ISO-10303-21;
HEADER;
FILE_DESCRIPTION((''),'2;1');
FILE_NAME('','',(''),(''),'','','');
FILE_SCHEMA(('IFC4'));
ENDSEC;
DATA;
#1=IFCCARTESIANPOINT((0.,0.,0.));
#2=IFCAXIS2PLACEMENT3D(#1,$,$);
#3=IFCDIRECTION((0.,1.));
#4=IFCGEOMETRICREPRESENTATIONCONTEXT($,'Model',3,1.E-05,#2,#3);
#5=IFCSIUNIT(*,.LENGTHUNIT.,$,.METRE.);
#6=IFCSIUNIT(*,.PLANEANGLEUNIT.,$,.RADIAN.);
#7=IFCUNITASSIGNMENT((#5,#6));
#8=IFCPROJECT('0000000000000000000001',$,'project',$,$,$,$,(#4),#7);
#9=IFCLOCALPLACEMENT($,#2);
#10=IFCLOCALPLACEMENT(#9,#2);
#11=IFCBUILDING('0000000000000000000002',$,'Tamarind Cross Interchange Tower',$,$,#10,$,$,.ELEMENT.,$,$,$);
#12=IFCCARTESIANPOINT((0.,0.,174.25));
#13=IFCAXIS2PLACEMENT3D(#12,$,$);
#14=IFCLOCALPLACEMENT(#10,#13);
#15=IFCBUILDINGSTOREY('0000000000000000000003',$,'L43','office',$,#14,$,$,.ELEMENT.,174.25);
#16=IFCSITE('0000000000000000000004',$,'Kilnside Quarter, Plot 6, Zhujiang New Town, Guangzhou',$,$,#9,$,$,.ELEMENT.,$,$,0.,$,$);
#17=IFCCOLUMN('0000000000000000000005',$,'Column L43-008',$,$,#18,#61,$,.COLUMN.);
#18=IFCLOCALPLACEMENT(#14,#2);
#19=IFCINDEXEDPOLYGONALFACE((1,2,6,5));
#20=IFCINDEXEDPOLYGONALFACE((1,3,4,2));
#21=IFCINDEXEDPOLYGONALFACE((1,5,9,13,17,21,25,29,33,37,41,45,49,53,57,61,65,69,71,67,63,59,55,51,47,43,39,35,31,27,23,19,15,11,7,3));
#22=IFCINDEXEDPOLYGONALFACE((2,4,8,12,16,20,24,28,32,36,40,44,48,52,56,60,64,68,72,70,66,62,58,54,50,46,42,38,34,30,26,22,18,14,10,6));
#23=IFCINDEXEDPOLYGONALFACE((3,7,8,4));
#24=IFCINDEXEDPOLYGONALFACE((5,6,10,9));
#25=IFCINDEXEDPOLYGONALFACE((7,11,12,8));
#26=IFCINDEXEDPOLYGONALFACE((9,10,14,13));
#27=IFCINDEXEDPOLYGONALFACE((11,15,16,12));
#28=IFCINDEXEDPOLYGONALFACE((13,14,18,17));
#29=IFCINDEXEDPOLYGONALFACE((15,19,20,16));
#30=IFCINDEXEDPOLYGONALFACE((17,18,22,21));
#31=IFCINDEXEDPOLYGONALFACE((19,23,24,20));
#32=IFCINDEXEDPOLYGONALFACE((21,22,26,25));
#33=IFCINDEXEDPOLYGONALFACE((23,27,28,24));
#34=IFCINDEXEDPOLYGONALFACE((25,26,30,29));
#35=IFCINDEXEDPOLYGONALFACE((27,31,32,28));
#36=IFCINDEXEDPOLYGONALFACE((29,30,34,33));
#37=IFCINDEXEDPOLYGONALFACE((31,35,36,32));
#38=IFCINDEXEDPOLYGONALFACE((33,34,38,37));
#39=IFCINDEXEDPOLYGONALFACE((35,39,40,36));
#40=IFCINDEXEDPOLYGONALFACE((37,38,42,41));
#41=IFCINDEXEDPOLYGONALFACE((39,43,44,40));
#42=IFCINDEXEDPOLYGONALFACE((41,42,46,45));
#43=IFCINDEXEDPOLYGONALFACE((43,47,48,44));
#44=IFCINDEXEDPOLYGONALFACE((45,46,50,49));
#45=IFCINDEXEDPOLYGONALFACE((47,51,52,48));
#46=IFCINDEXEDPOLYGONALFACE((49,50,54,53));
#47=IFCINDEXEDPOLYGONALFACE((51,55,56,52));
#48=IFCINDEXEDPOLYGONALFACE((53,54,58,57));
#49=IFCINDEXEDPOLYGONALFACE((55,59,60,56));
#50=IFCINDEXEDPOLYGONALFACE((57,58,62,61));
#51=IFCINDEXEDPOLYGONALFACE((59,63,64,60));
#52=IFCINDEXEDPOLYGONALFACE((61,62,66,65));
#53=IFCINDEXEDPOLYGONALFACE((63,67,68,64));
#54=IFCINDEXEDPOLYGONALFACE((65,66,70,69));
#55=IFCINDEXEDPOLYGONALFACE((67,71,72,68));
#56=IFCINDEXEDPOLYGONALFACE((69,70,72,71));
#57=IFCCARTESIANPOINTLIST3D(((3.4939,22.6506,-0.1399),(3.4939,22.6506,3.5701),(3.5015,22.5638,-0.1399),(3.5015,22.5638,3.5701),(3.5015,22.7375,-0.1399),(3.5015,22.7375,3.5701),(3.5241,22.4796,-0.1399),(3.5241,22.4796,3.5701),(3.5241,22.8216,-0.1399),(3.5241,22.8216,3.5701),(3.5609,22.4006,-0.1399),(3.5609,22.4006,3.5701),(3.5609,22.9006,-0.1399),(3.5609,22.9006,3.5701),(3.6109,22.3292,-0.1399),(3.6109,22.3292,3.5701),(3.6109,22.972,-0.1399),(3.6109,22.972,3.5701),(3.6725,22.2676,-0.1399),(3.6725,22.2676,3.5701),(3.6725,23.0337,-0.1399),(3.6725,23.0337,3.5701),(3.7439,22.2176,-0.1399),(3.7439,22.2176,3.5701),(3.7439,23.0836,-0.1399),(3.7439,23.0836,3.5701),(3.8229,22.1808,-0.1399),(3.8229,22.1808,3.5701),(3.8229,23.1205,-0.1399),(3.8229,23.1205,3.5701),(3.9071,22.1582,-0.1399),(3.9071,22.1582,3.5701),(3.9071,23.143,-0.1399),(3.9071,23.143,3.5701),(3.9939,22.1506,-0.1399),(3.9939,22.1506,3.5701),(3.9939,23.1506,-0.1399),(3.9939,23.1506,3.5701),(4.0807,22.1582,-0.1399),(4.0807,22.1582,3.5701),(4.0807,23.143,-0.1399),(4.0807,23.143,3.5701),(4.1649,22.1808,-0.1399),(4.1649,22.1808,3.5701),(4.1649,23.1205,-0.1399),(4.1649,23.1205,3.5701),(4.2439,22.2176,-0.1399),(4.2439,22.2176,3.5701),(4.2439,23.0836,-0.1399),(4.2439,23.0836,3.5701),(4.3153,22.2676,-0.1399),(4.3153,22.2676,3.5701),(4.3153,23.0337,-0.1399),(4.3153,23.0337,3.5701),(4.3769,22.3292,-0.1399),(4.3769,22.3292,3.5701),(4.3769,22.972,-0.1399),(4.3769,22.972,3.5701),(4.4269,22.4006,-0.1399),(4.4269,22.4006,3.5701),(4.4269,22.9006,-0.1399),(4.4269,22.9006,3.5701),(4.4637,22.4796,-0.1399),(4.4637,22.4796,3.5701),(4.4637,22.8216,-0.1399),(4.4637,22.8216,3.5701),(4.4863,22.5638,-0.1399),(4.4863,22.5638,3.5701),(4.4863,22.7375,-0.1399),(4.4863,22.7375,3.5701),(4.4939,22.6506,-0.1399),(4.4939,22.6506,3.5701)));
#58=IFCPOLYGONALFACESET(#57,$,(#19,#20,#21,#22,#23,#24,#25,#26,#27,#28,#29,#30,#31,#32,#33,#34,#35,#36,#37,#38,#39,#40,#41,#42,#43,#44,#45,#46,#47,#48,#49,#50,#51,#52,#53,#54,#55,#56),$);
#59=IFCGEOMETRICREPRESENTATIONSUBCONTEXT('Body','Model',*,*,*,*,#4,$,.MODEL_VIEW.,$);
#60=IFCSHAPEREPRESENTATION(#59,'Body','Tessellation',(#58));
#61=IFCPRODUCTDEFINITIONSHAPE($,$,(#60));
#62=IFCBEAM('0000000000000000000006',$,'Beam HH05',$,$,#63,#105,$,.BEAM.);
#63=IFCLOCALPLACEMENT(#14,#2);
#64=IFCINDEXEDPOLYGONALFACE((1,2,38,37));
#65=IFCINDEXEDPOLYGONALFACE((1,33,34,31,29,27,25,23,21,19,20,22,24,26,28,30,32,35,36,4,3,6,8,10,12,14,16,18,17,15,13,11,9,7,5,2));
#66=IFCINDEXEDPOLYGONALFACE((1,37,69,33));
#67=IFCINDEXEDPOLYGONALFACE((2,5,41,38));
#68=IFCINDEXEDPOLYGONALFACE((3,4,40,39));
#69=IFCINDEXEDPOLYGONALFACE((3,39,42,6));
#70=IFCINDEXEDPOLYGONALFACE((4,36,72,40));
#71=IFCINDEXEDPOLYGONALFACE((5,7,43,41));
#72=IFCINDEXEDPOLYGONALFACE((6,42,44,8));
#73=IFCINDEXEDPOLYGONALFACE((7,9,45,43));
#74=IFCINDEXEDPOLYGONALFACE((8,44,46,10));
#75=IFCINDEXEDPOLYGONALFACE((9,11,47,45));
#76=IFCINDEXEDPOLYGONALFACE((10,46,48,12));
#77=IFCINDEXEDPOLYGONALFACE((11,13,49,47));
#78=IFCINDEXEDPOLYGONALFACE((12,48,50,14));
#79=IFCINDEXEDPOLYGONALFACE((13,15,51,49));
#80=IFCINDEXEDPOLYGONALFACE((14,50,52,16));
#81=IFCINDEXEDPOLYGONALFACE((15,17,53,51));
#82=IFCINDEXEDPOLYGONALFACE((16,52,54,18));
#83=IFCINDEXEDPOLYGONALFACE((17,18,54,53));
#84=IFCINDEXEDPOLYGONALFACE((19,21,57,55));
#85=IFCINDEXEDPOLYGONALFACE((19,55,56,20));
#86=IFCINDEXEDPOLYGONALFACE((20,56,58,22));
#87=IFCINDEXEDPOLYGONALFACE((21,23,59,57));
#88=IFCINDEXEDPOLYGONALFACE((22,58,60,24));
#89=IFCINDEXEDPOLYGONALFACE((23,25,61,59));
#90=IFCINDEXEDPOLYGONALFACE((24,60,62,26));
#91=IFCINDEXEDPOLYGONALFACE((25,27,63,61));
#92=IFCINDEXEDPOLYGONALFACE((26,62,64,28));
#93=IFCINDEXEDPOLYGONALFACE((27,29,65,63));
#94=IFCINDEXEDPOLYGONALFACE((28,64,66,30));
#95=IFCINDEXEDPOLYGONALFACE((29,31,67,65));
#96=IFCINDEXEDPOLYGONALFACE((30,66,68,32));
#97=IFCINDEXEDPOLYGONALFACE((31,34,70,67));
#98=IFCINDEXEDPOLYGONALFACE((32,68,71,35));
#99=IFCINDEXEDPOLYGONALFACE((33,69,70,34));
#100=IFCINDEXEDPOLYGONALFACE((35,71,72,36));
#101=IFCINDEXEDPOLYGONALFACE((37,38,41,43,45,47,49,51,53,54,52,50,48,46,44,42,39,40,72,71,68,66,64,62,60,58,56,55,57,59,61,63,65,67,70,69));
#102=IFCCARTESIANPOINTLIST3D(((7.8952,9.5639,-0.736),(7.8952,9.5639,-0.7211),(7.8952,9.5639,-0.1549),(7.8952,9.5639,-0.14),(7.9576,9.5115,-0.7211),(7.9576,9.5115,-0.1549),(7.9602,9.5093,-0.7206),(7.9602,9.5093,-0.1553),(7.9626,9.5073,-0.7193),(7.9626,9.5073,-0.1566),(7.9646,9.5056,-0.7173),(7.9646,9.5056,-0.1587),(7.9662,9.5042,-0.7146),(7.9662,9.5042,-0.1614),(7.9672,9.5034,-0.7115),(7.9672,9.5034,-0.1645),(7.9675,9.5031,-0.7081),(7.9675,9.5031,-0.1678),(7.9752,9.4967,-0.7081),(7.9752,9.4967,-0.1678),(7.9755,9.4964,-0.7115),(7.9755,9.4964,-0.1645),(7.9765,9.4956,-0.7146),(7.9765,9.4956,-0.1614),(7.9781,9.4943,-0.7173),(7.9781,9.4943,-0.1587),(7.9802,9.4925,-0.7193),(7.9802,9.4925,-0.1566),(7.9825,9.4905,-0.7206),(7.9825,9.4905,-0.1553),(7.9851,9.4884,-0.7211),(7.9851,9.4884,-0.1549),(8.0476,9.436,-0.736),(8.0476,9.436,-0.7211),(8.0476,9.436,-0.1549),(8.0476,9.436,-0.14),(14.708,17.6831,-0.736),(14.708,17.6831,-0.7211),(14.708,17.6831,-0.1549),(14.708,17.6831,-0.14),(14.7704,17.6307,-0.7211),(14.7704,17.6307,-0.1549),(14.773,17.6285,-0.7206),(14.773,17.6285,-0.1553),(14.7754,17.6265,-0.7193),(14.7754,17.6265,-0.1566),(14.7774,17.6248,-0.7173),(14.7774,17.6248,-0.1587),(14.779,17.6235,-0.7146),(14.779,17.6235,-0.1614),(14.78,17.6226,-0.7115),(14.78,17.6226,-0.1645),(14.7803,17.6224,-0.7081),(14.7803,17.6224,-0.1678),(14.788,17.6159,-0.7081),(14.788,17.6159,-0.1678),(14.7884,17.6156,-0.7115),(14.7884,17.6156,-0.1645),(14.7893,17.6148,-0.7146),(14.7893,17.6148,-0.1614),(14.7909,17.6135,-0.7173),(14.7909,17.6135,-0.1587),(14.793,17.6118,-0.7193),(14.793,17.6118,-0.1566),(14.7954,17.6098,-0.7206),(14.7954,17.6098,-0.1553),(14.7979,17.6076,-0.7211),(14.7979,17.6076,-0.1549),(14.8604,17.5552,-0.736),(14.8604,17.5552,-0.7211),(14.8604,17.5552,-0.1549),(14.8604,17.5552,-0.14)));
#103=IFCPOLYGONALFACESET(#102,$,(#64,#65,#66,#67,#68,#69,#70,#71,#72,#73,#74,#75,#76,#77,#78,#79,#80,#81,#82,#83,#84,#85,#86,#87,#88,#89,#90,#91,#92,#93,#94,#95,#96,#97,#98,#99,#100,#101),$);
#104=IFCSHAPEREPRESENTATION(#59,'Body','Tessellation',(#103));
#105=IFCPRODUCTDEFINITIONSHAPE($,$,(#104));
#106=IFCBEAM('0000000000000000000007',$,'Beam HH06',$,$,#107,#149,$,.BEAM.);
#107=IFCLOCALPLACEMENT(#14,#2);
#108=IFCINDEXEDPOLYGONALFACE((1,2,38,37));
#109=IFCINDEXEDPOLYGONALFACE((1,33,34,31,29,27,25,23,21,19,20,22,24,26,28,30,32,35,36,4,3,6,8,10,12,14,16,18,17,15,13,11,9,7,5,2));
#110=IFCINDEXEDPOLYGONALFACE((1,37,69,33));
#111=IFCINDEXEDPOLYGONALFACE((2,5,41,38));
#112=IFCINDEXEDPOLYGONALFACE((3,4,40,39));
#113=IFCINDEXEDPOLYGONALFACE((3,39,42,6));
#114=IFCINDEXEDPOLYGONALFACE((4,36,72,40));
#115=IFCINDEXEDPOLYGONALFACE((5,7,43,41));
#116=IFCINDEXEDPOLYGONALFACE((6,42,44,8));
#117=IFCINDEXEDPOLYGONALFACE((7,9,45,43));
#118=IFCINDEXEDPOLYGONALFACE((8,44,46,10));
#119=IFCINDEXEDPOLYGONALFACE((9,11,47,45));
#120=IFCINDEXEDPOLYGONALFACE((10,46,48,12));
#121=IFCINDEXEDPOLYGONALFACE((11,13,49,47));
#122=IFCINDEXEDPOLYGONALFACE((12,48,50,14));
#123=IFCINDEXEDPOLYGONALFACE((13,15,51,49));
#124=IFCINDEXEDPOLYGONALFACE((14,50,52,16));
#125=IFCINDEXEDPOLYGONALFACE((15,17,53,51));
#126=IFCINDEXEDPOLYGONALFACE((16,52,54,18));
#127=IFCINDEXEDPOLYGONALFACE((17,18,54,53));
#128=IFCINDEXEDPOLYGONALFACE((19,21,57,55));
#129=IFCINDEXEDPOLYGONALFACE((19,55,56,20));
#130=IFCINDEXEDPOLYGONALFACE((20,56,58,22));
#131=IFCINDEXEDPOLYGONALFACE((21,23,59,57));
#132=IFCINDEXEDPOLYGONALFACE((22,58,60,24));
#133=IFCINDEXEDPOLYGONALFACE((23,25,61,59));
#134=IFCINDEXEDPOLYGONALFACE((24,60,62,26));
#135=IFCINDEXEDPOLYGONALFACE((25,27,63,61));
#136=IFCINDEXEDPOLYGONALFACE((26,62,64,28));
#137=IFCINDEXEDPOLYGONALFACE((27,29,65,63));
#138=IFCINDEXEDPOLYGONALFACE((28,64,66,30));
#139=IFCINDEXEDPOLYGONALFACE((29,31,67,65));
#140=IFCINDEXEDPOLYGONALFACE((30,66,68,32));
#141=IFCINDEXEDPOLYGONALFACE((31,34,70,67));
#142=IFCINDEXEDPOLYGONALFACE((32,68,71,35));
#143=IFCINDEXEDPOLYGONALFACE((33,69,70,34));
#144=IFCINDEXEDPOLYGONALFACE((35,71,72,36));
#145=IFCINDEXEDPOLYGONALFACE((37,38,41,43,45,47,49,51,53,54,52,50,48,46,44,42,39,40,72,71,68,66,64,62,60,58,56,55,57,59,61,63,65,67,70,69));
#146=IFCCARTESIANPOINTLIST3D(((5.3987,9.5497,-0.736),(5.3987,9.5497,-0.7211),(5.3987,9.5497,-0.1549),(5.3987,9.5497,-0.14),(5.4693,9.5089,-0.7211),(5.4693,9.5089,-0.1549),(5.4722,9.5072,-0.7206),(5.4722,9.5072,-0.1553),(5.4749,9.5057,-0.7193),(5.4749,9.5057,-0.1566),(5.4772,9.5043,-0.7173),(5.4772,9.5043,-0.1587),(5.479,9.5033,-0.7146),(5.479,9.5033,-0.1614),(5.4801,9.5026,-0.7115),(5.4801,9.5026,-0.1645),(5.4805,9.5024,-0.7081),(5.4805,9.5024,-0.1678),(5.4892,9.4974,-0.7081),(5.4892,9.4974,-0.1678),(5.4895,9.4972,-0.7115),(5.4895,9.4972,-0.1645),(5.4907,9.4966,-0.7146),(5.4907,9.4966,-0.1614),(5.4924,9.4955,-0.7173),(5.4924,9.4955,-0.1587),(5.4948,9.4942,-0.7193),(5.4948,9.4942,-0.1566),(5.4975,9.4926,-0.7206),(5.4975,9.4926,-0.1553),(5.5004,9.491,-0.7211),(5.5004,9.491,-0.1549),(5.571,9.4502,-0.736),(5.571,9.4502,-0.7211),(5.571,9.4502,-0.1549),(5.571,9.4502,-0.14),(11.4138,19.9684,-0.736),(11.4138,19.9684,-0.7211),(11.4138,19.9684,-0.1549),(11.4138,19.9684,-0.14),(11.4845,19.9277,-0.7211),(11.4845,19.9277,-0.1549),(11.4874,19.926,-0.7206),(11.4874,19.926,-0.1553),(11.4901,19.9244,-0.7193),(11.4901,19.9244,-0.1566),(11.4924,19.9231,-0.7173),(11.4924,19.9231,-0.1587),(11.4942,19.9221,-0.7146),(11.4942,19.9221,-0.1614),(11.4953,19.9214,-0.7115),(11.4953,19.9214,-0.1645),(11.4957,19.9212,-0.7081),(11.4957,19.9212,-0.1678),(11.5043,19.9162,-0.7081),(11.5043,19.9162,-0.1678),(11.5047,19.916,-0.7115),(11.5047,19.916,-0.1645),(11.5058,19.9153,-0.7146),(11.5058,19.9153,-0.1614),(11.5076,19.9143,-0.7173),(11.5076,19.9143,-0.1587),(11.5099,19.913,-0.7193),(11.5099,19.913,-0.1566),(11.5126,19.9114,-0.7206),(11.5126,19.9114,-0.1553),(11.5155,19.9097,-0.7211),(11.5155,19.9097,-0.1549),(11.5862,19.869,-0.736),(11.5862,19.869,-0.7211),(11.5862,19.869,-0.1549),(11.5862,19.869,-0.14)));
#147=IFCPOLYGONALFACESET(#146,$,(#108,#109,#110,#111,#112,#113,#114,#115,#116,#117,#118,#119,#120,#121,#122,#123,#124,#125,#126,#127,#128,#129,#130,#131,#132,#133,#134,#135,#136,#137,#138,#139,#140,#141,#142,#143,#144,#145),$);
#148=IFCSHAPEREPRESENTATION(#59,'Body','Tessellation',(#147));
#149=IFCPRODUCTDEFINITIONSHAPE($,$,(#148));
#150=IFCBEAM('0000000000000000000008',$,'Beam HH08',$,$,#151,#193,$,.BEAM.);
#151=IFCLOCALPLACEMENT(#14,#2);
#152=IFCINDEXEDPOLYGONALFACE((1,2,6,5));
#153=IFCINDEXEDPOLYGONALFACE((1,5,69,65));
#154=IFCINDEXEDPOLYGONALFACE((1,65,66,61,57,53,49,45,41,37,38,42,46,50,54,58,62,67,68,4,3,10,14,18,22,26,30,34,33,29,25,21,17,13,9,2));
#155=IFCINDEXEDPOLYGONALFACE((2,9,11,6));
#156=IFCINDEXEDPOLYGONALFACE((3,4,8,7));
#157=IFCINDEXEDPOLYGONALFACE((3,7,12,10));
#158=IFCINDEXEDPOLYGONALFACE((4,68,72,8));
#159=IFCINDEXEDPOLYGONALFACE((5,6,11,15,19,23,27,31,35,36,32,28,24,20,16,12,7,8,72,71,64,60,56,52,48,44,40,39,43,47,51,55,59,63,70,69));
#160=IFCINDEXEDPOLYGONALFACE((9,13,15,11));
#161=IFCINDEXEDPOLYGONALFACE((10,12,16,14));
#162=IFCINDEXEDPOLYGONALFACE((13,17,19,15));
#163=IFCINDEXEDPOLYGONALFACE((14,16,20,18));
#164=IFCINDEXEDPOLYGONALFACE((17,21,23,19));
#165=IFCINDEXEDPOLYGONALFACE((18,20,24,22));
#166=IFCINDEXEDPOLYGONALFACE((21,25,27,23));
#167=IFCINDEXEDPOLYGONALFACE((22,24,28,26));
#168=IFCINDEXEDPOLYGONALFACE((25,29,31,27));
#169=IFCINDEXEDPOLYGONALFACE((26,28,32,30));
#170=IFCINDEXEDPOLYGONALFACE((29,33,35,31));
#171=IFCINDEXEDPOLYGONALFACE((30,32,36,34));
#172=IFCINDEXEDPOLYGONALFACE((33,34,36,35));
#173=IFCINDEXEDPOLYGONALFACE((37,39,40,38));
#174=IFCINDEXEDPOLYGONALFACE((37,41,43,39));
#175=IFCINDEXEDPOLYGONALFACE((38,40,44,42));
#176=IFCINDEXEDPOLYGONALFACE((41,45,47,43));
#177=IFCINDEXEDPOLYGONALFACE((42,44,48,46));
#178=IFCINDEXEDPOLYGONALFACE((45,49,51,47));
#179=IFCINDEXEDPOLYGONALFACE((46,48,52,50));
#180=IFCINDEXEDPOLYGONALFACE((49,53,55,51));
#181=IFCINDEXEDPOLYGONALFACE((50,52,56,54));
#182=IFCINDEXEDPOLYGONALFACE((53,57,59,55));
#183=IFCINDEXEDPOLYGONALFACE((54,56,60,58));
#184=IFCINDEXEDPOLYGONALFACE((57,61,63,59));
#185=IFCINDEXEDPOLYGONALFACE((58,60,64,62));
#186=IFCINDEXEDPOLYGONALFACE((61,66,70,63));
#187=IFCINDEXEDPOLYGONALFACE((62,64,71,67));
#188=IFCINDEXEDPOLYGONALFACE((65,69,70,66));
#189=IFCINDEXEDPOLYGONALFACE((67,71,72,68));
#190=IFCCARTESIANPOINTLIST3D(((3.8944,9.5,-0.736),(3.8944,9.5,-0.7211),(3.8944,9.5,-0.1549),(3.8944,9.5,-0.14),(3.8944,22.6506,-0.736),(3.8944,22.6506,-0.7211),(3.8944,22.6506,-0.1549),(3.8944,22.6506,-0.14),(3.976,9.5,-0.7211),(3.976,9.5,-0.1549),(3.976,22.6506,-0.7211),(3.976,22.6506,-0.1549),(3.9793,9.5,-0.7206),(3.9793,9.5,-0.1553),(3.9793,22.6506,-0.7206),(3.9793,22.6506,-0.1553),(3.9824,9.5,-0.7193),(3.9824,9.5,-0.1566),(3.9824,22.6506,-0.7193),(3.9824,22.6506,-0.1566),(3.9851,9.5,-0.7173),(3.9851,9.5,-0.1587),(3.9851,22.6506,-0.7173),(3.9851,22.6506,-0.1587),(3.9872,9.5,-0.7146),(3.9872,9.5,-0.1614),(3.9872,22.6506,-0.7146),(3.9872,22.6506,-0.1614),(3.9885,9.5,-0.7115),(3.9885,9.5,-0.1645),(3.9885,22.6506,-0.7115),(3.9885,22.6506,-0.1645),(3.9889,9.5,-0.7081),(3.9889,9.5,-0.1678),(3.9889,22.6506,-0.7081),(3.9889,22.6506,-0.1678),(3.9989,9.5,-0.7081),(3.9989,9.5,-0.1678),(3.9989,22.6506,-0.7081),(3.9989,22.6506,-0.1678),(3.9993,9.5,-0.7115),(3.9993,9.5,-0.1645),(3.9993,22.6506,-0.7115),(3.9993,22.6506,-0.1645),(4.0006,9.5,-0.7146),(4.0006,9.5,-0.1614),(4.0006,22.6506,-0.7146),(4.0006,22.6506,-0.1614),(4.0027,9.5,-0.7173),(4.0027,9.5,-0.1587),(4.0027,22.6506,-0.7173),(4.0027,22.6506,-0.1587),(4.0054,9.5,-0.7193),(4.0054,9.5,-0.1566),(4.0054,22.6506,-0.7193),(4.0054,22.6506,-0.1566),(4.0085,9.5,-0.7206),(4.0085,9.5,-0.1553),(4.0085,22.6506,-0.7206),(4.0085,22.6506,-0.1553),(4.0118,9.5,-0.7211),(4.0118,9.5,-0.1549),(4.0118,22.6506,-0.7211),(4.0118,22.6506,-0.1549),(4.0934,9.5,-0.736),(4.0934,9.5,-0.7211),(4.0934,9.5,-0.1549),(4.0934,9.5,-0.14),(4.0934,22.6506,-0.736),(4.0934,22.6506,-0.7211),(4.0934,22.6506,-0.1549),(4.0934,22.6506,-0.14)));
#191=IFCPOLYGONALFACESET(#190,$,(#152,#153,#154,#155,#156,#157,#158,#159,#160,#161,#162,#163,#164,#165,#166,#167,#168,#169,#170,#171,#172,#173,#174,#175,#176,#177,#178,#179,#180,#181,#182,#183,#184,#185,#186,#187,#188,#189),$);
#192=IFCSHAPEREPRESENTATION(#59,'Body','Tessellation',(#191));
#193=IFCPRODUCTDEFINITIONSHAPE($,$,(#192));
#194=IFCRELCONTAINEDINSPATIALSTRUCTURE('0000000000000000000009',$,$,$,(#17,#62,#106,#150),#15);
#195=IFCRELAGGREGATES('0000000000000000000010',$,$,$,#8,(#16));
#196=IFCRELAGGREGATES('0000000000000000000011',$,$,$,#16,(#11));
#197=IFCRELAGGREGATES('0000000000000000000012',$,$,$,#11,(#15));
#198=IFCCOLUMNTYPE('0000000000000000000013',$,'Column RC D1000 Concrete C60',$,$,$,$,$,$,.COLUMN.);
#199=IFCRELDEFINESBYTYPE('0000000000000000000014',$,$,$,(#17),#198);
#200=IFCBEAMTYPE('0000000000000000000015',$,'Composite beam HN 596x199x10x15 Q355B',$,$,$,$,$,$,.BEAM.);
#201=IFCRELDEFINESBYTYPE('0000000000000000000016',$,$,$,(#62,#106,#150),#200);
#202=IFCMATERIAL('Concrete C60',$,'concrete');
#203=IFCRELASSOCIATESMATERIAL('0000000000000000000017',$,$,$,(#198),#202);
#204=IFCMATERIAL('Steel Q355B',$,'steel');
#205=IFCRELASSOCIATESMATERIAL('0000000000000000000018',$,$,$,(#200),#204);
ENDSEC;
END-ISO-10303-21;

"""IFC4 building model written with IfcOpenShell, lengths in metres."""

from ifc_helpers import new_model, si_unit, direction, frame, origin, origin_2d, place, context, subcontext, project, spatial, circle, i_section, extrude, material, material_profile, profile_set, type_object, element, save


model = new_model("IFC4")

# Units and contexts
model_context = context("Model", 3, precision=1e-05, world=origin(), true_north=direction((0.0, 1.0)))
body_context = subcontext(model_context, "Body", "Model", "MODEL_VIEW")
ifc_project = project(units=[si_unit("LENGTHUNIT", "METRE"), si_unit("PLANEANGLEUNIT", "RADIAN")], contexts=[model_context])

# Site, building, storey
site_placement = place(None, origin())
site = spatial("IfcSite", under=ifc_project, at=site_placement, Name="Kilnside Quarter, Plot 6, Zhujiang New Town, Guangzhou", CompositionType="ELEMENT", RefElevation=0.0)
building_placement = place(site_placement, origin())
building = spatial("IfcBuilding", under=site, at=building_placement, Name="Tamarind Cross Interchange Tower", CompositionType="ELEMENT")
storey_placement = place(building_placement, frame((0.0, 0.0, 174.25)))
storey = spatial("IfcBuildingStorey", under=building, at=storey_placement, Name="L43", Description="office", CompositionType="ELEMENT", Elevation=174.25)

# Column
ifc_material_1 = material(Name="Concrete C60", Category="concrete")
ifc_material_profile_1 = material_profile(ifc_material_1, circle(Radius=0.5, at=origin_2d()), Name="RC D1000")
ifc_profile_set_1 = profile_set([ifc_material_profile_1], Name="Concrete C60")
column_type = type_object("IfcColumnType", Name="Column RC D1000 Concrete C60", PredefinedType="COLUMN", material=ifc_profile_set_1)
for number, where, z_axis, x_axis, name in (
    (1, (3.9939, 22.6506, -0.1399), (0.0, 0.0, 1.0), (1.0, 0.0, 0.0), "Column L43-008"),
):
    element("IfcColumn", number, at=place(storey_placement, frame(where, z_axis=z_axis, x_axis=x_axis)), inside=storey, type_object=column_type, Name=name, PredefinedType="COLUMN", context=body_context, shape_type="SweptSolid", body=[
        extrude(circle(Radius=0.5, at=origin_2d()), origin(), (0.0, 0.0, 1.0), 3.71),
    ])

# Beams
ifc_material_2 = material(Name="Steel Q355B", Category="steel")
ifc_material_profile_2 = material_profile(ifc_material_2, i_section(OverallWidth=0.199, OverallDepth=0.5959, WebThickness=0.01, FlangeThickness=0.0149, FilletRadius=0.0129, at=origin_2d()), Name="HN 596x199x10x15")
ifc_profile_set_2 = profile_set([ifc_material_profile_2], Name="Steel Q355B")
beam_type = type_object("IfcBeamType", Name="Composite beam HN 596x199x10x15 Q355B", PredefinedType="BEAM", material=ifc_profile_set_2)
beam_1_placement = place(storey_placement, frame((14.7842, 17.6191, -0.438), z_axis=(-0.642786, -0.766046, 0.0), x_axis=(0.766046, -0.642786, 0.0)))
element("IfcBeam", 2, at=beam_1_placement, inside=storey, type_object=beam_type, Name="Beam HH05", PredefinedType="BEAM", context=body_context, shape_type="SweptSolid", body=[
    extrude(i_section(OverallWidth=0.199, OverallDepth=0.5959, WebThickness=0.01, FlangeThickness=0.0149, FilletRadius=0.0129, at=origin_2d()), origin(), (0.0, 0.0, 1.0), 10.5989),
])
beam_2_placement = place(storey_placement, frame((11.5, 19.9187, -0.438), z_axis=(-0.499994, -0.866029, 0.0), x_axis=(0.866029, -0.499994, 0.0)))
element("IfcBeam", 3, at=beam_2_placement, inside=storey, type_object=beam_type, Name="Beam HH06", PredefinedType="BEAM", context=body_context, shape_type="SweptSolid", body=[
    extrude(i_section(OverallWidth=0.199, OverallDepth=0.5959, WebThickness=0.01, FlangeThickness=0.0149, FilletRadius=0.0129, at=origin_2d()), origin(), (0.0, 0.0, 1.0), 12.0305),
])
beam_3_placement = place(storey_placement, frame((3.9939, 22.6506, -0.438), z_axis=(0.0, -1.0, 0.0), x_axis=(1.0, 0.0, 0.0)))
element("IfcBeam", 4, at=beam_3_placement, inside=storey, type_object=beam_type, Name="Beam HH08", PredefinedType="BEAM", context=body_context, shape_type="SweptSolid", body=[
    extrude(i_section(OverallWidth=0.199, OverallDepth=0.5959, WebThickness=0.01, FlangeThickness=0.0149, FilletRadius=0.0129, at=origin_2d()), origin(), (0.0, 0.0, 1.0), 13.1506),
])

save(model, "model.ifc")
